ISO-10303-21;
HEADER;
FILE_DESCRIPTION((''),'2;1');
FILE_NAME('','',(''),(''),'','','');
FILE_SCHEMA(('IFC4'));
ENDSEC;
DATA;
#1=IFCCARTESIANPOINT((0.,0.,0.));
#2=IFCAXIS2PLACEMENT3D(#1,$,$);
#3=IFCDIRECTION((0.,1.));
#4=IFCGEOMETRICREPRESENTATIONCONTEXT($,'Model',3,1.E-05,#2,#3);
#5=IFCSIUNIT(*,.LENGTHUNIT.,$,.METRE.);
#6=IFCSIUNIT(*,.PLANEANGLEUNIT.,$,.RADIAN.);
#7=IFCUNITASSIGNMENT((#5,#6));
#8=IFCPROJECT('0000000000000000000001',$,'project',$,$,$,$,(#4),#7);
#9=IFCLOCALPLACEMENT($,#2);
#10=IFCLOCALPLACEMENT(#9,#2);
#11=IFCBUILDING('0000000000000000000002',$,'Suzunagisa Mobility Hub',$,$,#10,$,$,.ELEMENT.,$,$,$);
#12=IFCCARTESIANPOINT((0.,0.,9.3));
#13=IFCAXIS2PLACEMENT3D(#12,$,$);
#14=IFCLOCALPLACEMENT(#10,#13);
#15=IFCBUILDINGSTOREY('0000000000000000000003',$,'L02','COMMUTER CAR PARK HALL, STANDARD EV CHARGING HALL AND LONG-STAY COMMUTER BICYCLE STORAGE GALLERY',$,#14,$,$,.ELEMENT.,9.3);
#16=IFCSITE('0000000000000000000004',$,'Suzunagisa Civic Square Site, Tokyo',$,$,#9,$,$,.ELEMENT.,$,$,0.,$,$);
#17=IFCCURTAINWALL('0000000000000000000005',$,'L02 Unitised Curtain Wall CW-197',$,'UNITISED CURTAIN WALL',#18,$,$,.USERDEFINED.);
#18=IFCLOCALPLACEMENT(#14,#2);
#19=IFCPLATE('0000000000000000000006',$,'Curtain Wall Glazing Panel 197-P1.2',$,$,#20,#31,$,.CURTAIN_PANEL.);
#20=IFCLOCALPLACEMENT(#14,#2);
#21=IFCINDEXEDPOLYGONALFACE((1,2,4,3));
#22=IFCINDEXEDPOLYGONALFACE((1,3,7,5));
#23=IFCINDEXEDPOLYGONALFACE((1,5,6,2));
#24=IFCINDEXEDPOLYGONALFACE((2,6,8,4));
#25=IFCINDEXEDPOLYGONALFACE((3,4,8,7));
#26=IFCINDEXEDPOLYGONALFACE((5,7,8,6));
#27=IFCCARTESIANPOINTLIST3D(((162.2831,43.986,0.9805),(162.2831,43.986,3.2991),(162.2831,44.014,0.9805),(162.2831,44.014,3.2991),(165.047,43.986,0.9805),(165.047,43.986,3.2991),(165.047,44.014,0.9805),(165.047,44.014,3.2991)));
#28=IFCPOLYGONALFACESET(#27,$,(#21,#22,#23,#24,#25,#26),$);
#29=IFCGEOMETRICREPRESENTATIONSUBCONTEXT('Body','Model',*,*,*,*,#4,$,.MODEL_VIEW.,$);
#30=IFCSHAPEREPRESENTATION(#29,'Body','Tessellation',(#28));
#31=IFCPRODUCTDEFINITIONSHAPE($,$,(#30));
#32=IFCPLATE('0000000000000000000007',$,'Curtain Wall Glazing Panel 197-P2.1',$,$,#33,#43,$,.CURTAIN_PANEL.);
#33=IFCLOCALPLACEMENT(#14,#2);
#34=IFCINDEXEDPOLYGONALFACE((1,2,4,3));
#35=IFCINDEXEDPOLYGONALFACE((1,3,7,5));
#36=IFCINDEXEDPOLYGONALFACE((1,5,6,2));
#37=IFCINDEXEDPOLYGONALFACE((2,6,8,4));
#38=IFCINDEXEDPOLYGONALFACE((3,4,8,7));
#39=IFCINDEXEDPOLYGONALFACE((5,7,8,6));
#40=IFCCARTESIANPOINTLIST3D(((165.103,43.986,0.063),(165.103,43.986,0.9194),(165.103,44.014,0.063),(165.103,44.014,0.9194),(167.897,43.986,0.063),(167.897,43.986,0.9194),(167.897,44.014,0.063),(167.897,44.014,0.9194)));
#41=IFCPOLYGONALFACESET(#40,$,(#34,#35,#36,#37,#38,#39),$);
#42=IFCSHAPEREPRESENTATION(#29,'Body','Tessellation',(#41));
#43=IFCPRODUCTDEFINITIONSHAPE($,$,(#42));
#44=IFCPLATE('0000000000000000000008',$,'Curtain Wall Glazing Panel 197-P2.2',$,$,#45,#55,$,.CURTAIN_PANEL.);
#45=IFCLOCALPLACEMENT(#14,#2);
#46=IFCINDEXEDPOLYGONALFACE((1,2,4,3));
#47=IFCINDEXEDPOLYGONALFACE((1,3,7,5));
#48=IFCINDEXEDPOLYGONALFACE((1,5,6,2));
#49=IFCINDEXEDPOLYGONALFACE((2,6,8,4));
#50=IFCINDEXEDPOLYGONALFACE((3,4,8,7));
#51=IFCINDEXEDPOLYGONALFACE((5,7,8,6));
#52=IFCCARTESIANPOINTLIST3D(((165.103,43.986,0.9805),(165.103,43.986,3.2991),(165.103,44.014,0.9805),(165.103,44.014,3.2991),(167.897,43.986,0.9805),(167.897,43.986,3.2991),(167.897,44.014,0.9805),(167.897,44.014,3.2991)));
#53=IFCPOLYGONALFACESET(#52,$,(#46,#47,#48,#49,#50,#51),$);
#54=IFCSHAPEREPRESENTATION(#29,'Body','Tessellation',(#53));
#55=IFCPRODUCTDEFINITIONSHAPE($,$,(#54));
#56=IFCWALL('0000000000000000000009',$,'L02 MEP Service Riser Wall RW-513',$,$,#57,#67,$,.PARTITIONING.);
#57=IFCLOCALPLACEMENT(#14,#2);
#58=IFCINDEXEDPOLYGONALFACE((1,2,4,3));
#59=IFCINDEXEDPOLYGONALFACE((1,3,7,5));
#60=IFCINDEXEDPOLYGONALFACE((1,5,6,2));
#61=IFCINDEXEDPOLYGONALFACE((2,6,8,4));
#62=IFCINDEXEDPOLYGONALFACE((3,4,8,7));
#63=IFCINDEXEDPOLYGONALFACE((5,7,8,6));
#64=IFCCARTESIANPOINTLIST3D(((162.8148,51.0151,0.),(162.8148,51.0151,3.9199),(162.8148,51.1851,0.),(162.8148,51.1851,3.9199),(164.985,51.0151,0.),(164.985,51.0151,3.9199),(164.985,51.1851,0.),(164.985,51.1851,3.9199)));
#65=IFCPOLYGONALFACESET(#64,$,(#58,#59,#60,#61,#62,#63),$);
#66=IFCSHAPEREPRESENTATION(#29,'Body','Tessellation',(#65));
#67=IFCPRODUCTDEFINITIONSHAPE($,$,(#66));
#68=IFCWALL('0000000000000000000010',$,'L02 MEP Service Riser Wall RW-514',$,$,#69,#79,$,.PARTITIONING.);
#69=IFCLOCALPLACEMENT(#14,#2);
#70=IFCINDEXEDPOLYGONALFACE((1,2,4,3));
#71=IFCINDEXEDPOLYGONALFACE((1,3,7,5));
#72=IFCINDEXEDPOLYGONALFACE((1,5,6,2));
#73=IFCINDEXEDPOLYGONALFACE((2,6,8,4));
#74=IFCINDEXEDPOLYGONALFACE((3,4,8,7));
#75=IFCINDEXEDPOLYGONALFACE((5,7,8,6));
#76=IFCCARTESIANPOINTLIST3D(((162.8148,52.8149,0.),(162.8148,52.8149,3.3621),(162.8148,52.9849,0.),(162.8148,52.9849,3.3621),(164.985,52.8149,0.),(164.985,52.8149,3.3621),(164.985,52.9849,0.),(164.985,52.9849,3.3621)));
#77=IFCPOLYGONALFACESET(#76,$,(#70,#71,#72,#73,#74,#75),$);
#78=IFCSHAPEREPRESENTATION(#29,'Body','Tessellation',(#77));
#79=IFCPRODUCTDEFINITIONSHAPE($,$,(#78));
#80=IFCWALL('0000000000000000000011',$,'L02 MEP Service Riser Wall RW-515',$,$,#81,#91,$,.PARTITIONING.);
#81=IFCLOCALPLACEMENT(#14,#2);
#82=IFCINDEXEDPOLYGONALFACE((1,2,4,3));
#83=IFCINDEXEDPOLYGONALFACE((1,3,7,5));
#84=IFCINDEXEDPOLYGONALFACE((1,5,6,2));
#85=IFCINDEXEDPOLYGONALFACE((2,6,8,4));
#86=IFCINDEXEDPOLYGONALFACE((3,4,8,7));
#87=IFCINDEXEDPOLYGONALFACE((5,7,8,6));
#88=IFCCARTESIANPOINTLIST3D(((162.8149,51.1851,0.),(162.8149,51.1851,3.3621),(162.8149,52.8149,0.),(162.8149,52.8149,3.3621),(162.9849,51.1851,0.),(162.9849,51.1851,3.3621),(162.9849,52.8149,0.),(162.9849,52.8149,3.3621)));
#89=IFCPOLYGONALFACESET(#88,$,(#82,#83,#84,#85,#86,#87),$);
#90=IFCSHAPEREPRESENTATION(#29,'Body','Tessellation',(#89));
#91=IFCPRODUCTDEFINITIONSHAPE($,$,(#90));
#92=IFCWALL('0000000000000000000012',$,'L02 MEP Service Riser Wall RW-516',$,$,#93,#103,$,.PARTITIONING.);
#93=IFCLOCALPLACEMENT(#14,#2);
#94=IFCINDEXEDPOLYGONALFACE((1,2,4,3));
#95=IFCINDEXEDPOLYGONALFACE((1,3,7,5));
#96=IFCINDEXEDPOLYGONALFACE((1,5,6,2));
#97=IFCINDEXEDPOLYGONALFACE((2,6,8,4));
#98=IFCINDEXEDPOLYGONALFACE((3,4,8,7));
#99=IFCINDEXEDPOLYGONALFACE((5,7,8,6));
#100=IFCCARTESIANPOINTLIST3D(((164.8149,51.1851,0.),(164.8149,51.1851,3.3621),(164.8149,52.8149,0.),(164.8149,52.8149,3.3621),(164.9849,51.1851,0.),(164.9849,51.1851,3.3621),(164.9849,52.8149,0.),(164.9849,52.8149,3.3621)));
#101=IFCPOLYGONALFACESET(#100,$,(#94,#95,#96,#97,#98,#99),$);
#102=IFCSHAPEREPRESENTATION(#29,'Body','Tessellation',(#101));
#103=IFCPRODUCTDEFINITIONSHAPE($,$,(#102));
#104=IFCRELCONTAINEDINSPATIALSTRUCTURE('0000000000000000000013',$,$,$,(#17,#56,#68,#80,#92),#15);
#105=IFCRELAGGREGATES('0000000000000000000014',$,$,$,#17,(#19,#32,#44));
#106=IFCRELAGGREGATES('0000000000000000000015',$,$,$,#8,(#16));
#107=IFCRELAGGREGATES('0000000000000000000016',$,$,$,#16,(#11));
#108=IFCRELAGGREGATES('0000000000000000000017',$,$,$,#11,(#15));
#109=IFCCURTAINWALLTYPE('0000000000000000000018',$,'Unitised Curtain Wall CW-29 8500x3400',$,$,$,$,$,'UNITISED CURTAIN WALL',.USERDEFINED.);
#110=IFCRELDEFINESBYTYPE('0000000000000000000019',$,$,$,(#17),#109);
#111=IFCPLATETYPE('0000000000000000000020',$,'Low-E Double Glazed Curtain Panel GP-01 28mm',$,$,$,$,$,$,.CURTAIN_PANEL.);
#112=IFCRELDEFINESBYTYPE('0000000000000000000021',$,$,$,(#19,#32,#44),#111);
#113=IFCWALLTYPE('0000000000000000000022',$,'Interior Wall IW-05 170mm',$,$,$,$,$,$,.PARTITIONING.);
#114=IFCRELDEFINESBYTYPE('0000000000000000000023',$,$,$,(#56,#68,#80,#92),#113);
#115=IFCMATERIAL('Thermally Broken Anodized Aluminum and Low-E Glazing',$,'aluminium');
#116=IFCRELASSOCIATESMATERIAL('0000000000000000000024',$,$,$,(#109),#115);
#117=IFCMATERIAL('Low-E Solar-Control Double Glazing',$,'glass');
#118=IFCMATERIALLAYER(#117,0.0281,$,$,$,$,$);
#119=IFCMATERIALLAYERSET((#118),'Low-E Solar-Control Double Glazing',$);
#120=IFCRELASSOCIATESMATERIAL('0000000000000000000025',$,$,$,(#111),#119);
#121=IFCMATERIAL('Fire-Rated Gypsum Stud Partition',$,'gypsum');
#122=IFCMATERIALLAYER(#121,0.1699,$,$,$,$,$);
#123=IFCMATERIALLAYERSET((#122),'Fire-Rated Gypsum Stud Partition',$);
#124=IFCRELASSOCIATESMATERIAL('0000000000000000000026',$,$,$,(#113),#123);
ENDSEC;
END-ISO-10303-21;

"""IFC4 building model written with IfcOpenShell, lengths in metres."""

from ifc_helpers import new_model, si_unit, direction, frame, frame_2d, origin, origin_2d, place, context, subcontext, project, spatial, rectangle, extrude, material, layer, layer_set, type_object, element, aggregate, save


model = new_model("IFC4")

# Units and contexts
model_context = context("Model", 3, precision=1e-05, world=origin(), true_north=direction((0.0, 1.0)))
body_context = subcontext(model_context, "Body", "Model", "MODEL_VIEW")
ifc_project = project(units=[si_unit("LENGTHUNIT", "METRE"), si_unit("PLANEANGLEUNIT", "RADIAN")], contexts=[model_context])

# Site, building, storey
site_placement = place(None, origin())
site = spatial("IfcSite", under=ifc_project, at=site_placement, Name="Suzunagisa Civic Square Site, Tokyo", CompositionType="ELEMENT", RefElevation=0.0)
building_placement = place(site_placement, origin())
building = spatial("IfcBuilding", under=site, at=building_placement, Name="Suzunagisa Mobility Hub", CompositionType="ELEMENT")
storey_placement = place(building_placement, frame((0.0, 0.0, 9.3)))
storey = spatial("IfcBuildingStorey", under=building, at=storey_placement, Name="L02", Description="COMMUTER CAR PARK HALL, STANDARD EV CHARGING HALL AND LONG-STAY COMMUTER BICYCLE STORAGE GALLERY", CompositionType="ELEMENT", Elevation=9.3)

# Curtain wall
ifc_material_1 = material(Name="Thermally Broken Anodized Aluminum and Low-E Glazing", Category="aluminium")
curtain_wall_type = type_object("IfcCurtainWallType", Name="Unitised Curtain Wall CW-29 8500x3400", ElementType="UNITISED CURTAIN WALL", PredefinedType="USERDEFINED", material=ifc_material_1)
curtain_wall_placement = place(storey_placement, origin())
curtain_wall = element("IfcCurtainWall", 1, at=curtain_wall_placement, inside=storey, type_object=curtain_wall_type, Name="L02 Unitised Curtain Wall CW-197", ObjectType="UNITISED CURTAIN WALL", PredefinedType="USERDEFINED")

# Plates
ifc_material_2 = material(Name="Low-E Solar-Control Double Glazing", Category="glass")
ifc_layer_1 = layer(ifc_material_2, 0.0281)
ifc_layer_set_1 = layer_set([ifc_layer_1], Name="Low-E Solar-Control Double Glazing")
plate_type = type_object("IfcPlateType", Name="Low-E Double Glazed Curtain Panel GP-01 28mm", PredefinedType="CURTAIN_PANEL", material=ifc_layer_set_1)
plate_1_placement = place(storey_placement, frame((163.665, 44.0, 0.9805), z_axis=(0.0, 0.0, 1.0), x_axis=(1.0, 0.0, 0.0)))
plate_1 = element("IfcPlate", 2, at=plate_1_placement, type_object=plate_type, Name="Curtain Wall Glazing Panel 197-P1.2", PredefinedType="CURTAIN_PANEL", context=body_context, shape_type="SweptSolid", body=[
    extrude(rectangle(XDim=2.7639, YDim=0.0281, at=origin_2d()), origin(), (0.0, 0.0, 1.0), 2.3186),
])
plate_2_placement = place(storey_placement, frame((166.5, 44.0, 0.063), z_axis=(0.0, 0.0, 1.0), x_axis=(1.0, 0.0, 0.0)))
plate_2 = element("IfcPlate", 3, at=plate_2_placement, type_object=plate_type, Name="Curtain Wall Glazing Panel 197-P2.1", PredefinedType="CURTAIN_PANEL", context=body_context, shape_type="SweptSolid", body=[
    extrude(rectangle(XDim=2.7939, YDim=0.0281, at=origin_2d()), origin(), (0.0, 0.0, 1.0), 0.8564),
])
plate_3_placement = place(storey_placement, frame((166.5, 44.0, 0.9805), z_axis=(0.0, 0.0, 1.0), x_axis=(1.0, 0.0, 0.0)))
plate_3 = element("IfcPlate", 4, at=plate_3_placement, type_object=plate_type, Name="Curtain Wall Glazing Panel 197-P2.2", PredefinedType="CURTAIN_PANEL", context=body_context, shape_type="SweptSolid", body=[
    extrude(rectangle(XDim=2.7939, YDim=0.0281, at=origin_2d()), origin(), (0.0, 0.0, 1.0), 2.3186),
])
aggregate(curtain_wall, [plate_1, plate_2, plate_3])

# Walls
ifc_material_3 = material(Name="Fire-Rated Gypsum Stud Partition", Category="gypsum")
ifc_layer_2 = layer(ifc_material_3, 0.1699)
ifc_layer_set_2 = layer_set([ifc_layer_2], Name="Fire-Rated Gypsum Stud Partition")
wall_type = type_object("IfcWallType", Name="Interior Wall IW-05 170mm", PredefinedType="PARTITIONING", material=ifc_layer_set_2)
wall_1_placement = place(storey_placement, frame((162.8149, 51.1001, 0.0), z_axis=(0.0, 0.0, 1.0), x_axis=(1.0, 0.0, 0.0)))
element("IfcWall", 5, at=wall_1_placement, inside=storey, type_object=wall_type, Name="L02 MEP Service Riser Wall RW-513", PredefinedType="PARTITIONING", context=body_context, shape_type="SweptSolid", body=[
    extrude(rectangle(XDim=2.1702, YDim=0.1699, at=frame_2d((1.085, 0.0))), origin(), (0.0, 0.0, 1.0), 3.9199),
])
wall_2_placement = place(storey_placement, frame((162.8149, 52.8999, 0.0), z_axis=(0.0, 0.0, 1.0), x_axis=(1.0, 0.0, 0.0)))
element("IfcWall", 6, at=wall_2_placement, inside=storey, type_object=wall_type, Name="L02 MEP Service Riser Wall RW-514", PredefinedType="PARTITIONING", context=body_context, shape_type="SweptSolid", body=[
    extrude(rectangle(XDim=2.1702, YDim=0.1699, at=frame_2d((1.085, 0.0))), origin(), (0.0, 0.0, 1.0), 3.3621),
])
for number, where, z_axis, x_axis, name in (
    (7, (162.8999, 51.1851, 0.0), (0.0, 0.0, 1.0), (0.0, 1.0, 0.0), "L02 MEP Service Riser Wall RW-515"),
    (8, (164.8999, 51.1851, 0.0), (0.0, 0.0, 1.0), (0.0, 1.0, 0.0), "L02 MEP Service Riser Wall RW-516"),
):
    element("IfcWall", number, at=place(storey_placement, frame(where, z_axis=z_axis, x_axis=x_axis)), inside=storey, type_object=wall_type, Name=name, PredefinedType="PARTITIONING", context=body_context, shape_type="SweptSolid", body=[
        extrude(rectangle(XDim=1.6299, YDim=0.1699, at=frame_2d((0.8149, 0.0))), origin(), (0.0, 0.0, 1.0), 3.3621),
    ])

save(model, "model.ifc")
